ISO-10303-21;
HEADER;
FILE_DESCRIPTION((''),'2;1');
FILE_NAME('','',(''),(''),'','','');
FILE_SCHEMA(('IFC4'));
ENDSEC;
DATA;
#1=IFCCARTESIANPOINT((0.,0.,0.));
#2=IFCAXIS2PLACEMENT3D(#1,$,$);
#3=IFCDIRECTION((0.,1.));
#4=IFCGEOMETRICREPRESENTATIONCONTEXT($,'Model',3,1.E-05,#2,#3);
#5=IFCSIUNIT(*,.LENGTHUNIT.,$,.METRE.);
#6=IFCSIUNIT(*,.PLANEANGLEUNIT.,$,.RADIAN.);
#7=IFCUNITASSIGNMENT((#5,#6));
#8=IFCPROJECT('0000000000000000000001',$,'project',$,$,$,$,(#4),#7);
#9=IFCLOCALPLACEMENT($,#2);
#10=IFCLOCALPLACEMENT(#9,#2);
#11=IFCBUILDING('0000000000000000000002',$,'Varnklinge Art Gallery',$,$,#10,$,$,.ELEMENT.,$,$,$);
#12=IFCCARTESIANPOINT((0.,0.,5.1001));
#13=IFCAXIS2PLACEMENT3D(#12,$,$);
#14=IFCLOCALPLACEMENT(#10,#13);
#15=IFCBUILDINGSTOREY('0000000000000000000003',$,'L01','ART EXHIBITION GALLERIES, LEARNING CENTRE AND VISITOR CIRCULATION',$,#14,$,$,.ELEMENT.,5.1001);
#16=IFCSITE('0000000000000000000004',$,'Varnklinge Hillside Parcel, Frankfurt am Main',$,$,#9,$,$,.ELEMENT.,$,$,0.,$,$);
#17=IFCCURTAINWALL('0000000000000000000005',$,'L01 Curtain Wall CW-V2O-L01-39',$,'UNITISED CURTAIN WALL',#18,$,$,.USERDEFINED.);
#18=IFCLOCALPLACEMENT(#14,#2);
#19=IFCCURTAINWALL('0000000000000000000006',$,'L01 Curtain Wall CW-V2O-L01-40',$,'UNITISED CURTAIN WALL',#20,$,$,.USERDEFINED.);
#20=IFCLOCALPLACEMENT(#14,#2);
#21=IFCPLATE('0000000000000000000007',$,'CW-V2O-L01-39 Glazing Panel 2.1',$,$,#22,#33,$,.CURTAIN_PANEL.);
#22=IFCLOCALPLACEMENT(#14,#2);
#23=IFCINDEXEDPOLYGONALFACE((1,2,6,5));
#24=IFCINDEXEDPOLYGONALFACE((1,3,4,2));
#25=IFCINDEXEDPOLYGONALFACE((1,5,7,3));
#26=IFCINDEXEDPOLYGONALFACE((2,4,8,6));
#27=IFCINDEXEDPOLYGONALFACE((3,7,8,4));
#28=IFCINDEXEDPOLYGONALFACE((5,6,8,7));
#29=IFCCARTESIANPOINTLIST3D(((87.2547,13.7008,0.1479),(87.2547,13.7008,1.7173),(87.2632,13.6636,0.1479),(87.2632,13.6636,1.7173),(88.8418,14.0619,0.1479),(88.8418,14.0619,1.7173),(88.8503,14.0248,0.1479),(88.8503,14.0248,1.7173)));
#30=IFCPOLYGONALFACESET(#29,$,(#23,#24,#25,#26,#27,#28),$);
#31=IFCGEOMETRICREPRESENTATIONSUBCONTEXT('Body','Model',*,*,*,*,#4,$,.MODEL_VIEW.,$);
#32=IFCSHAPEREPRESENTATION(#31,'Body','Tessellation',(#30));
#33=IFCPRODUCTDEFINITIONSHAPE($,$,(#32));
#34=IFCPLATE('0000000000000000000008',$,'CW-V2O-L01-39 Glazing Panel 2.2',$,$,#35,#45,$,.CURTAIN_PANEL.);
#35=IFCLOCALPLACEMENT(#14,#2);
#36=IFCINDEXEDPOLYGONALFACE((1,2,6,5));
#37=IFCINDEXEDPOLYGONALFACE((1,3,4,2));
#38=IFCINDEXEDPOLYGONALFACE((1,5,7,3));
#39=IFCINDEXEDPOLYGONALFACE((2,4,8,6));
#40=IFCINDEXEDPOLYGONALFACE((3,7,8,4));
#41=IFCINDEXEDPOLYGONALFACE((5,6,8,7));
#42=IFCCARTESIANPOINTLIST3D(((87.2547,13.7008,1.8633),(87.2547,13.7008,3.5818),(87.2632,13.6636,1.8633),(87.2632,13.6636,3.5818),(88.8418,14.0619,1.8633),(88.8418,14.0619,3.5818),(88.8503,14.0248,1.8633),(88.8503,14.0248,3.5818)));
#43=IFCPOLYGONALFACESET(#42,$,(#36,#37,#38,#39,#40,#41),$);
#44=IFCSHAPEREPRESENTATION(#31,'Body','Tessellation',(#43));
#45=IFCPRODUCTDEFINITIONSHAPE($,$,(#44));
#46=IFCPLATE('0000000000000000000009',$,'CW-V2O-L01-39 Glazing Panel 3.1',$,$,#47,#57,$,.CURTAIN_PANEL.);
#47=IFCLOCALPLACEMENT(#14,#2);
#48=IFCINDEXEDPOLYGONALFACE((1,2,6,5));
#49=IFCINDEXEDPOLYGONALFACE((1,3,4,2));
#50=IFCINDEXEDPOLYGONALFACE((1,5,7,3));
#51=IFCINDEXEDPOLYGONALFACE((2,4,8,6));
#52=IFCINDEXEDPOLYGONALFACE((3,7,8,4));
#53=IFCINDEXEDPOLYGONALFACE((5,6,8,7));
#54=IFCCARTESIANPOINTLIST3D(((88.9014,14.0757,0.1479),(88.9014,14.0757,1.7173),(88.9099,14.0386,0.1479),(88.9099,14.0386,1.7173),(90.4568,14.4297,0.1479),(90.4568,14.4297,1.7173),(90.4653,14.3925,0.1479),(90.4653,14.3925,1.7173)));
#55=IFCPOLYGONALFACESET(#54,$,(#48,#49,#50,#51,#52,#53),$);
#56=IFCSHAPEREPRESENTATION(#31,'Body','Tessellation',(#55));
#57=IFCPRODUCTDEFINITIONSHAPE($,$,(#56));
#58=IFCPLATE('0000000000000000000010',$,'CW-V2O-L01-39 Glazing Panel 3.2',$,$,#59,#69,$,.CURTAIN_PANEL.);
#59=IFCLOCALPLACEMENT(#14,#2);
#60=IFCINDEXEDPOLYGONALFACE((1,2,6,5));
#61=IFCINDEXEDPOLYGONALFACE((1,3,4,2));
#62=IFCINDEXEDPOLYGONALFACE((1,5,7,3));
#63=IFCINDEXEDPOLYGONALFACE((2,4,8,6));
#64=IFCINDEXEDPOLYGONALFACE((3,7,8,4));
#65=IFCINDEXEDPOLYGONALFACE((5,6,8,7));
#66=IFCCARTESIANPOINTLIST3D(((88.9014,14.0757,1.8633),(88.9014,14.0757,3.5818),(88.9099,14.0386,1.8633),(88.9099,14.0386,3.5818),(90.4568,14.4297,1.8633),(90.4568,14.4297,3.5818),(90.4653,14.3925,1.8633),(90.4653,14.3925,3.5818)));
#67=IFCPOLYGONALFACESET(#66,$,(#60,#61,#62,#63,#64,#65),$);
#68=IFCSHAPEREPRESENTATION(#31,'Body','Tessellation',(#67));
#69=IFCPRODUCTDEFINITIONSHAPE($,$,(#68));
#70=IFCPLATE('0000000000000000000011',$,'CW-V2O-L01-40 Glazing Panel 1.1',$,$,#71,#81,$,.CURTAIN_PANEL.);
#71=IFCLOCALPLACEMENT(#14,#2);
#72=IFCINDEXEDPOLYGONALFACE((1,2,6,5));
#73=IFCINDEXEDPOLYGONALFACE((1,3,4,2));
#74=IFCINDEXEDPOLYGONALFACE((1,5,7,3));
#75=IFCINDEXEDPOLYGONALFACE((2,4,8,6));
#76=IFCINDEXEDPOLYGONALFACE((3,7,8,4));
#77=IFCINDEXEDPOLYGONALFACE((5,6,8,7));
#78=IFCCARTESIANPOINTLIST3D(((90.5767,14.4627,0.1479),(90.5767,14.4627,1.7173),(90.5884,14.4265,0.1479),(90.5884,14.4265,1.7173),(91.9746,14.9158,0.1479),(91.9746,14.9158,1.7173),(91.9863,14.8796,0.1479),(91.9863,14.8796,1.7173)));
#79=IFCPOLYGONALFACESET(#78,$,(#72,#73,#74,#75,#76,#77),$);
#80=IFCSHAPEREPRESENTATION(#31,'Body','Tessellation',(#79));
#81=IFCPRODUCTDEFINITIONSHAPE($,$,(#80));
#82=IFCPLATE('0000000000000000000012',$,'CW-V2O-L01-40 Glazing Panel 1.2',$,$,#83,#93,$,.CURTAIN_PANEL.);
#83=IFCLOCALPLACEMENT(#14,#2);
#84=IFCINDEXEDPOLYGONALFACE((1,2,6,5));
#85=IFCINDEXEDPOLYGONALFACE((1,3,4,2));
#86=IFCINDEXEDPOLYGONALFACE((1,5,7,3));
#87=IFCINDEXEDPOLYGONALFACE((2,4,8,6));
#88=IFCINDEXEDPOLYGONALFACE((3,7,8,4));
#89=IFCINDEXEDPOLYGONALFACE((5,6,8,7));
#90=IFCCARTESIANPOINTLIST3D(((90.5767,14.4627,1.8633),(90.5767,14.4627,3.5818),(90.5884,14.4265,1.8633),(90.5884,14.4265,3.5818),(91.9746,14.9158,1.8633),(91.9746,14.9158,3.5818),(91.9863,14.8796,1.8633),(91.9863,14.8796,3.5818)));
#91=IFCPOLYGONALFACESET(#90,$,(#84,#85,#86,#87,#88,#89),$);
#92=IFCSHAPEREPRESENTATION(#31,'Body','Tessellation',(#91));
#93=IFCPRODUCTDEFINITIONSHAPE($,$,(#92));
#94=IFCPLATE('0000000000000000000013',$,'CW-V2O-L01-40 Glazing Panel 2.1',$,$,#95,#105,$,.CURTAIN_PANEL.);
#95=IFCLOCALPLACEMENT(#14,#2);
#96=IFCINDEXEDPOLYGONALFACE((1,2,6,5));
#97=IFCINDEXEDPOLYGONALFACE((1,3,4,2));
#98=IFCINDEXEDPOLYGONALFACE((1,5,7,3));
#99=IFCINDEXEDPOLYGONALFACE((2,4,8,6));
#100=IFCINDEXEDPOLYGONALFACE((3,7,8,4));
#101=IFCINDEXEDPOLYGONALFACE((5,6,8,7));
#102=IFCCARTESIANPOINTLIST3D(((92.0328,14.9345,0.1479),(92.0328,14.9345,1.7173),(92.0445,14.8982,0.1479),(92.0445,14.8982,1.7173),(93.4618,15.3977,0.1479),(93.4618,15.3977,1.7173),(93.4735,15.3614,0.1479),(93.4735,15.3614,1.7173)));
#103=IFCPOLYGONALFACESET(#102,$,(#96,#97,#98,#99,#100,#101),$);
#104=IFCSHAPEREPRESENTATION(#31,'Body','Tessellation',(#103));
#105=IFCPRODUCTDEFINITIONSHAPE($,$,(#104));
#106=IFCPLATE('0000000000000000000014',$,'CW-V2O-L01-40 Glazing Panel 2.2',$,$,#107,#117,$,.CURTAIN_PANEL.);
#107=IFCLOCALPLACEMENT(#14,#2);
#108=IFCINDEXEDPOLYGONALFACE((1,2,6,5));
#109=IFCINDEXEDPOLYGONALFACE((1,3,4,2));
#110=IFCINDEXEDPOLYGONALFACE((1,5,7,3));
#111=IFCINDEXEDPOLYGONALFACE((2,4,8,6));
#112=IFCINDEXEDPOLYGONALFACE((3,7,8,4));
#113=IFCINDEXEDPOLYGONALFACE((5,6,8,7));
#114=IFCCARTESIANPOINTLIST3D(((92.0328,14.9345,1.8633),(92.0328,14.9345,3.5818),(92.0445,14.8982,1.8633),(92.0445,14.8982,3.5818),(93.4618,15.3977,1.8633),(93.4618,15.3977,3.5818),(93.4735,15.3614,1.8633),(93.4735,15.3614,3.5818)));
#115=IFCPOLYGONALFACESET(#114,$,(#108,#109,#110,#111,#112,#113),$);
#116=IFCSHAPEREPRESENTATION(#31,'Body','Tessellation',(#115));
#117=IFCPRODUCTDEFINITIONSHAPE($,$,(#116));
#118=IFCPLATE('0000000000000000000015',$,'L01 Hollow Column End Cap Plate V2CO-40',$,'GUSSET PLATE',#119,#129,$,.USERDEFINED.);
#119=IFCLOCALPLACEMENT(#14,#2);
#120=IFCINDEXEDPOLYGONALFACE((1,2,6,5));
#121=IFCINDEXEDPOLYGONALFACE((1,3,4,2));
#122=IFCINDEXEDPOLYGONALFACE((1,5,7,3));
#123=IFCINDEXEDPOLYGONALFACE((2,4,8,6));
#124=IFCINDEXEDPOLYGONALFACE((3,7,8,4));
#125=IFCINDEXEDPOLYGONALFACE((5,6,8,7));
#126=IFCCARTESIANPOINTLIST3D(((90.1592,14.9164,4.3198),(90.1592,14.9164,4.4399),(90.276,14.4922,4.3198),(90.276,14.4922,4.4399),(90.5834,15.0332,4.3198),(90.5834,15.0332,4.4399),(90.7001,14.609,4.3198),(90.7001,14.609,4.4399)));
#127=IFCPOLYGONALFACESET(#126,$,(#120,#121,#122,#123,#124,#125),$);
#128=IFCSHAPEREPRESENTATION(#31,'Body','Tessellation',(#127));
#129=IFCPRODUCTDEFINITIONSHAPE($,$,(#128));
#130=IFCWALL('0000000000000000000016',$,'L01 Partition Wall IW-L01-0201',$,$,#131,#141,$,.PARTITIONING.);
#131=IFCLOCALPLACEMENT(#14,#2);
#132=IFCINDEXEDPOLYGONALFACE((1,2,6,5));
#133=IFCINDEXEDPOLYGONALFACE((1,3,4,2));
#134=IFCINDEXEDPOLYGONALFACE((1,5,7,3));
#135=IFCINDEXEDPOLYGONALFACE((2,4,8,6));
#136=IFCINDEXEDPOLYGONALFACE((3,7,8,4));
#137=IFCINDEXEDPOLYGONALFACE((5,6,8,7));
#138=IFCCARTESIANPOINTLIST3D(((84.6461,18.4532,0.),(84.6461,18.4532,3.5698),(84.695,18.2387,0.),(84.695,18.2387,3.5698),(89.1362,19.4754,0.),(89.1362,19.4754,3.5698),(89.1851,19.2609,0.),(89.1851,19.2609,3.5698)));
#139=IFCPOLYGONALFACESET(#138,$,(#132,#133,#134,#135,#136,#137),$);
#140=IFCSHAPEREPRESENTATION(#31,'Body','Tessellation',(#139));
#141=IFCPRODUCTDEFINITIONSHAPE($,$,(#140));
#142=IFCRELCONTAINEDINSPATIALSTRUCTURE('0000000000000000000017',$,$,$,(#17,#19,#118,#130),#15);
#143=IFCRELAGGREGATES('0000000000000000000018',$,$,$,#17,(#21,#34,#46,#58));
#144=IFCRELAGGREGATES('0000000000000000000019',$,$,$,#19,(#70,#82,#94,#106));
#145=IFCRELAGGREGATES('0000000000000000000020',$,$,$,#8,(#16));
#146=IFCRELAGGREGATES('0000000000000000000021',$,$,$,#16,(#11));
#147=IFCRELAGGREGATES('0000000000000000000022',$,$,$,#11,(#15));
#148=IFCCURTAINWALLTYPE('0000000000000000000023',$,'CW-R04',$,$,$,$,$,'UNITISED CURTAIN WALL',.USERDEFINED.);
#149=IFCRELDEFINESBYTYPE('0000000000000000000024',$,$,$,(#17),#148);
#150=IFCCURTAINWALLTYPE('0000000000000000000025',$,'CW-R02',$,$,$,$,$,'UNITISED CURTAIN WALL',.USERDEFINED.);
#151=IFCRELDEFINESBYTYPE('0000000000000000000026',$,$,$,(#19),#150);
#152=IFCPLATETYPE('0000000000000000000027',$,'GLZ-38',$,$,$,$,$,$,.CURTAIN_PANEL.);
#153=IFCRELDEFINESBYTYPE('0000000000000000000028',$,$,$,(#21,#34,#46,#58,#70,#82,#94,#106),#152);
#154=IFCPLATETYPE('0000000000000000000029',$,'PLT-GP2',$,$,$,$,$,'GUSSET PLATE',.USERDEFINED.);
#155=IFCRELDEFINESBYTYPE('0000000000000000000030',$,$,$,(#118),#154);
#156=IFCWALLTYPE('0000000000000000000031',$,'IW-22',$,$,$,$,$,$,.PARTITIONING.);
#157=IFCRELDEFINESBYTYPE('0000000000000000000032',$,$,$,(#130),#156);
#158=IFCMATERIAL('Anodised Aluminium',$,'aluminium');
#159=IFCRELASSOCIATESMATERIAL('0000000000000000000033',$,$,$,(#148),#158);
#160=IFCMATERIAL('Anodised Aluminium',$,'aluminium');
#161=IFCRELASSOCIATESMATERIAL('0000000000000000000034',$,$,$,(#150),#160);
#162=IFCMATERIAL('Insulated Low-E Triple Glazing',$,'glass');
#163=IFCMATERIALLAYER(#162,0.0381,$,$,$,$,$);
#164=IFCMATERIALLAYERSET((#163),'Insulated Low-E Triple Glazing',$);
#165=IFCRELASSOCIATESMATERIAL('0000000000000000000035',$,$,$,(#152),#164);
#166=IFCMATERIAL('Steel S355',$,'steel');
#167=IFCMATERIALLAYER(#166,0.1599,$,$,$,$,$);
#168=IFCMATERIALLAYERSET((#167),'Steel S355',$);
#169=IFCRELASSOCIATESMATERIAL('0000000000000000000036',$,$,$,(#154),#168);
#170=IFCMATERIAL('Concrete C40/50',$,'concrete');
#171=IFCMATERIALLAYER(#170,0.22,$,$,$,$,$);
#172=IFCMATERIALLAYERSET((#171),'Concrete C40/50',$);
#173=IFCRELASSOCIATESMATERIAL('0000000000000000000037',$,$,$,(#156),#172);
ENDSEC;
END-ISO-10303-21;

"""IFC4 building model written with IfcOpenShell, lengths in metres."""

from ifc_helpers import new_model, si_unit, direction, frame, frame_2d, origin, origin_2d, place, context, subcontext, project, spatial, rectangle, extrude, material, layer, layer_set, type_object, element, aggregate, save


model = new_model("IFC4")

# Units and contexts
model_context = context("Model", 3, precision=1e-05, world=origin(), true_north=direction((0.0, 1.0)))
body_context = subcontext(model_context, "Body", "Model", "MODEL_VIEW")
ifc_project = project(units=[si_unit("LENGTHUNIT", "METRE"), si_unit("PLANEANGLEUNIT", "RADIAN")], contexts=[model_context])

# Site, building, storey
site_placement = place(None, origin())
site = spatial("IfcSite", under=ifc_project, at=site_placement, Name="Varnklinge Hillside Parcel, Frankfurt am Main", CompositionType="ELEMENT", RefElevation=0.0)
building_placement = place(site_placement, origin())
building = spatial("IfcBuilding", under=site, at=building_placement, Name="Varnklinge Art Gallery", CompositionType="ELEMENT")
storey_placement = place(building_placement, frame((0.0, 0.0, 5.1001)))
storey = spatial("IfcBuildingStorey", under=building, at=storey_placement, Name="L01", Description="ART EXHIBITION GALLERIES, LEARNING CENTRE AND VISITOR CIRCULATION", CompositionType="ELEMENT", Elevation=5.1001)

# Curtain walls
ifc_material_1 = material(Name="Anodised Aluminium", Category="aluminium")
curtain_wall_type_1 = type_object("IfcCurtainWallType", Name="CW-R04", ElementType="UNITISED CURTAIN WALL", PredefinedType="USERDEFINED", material=ifc_material_1)
curtain_wall_1_placement = place(storey_placement, origin())
curtain_wall_1 = element("IfcCurtainWall", 1, at=curtain_wall_1_placement, inside=storey, type_object=curtain_wall_type_1, Name="L01 Curtain Wall CW-V2O-L01-39", ObjectType="UNITISED CURTAIN WALL", PredefinedType="USERDEFINED")
ifc_material_2 = material(Name="Anodised Aluminium", Category="aluminium")
curtain_wall_type_2 = type_object("IfcCurtainWallType", Name="CW-R02", ElementType="UNITISED CURTAIN WALL", PredefinedType="USERDEFINED", material=ifc_material_2)
curtain_wall_2_placement = place(storey_placement, origin())
curtain_wall_2 = element("IfcCurtainWall", 2, at=curtain_wall_2_placement, inside=storey, type_object=curtain_wall_type_2, Name="L01 Curtain Wall CW-V2O-L01-40", ObjectType="UNITISED CURTAIN WALL", PredefinedType="USERDEFINED")

# Plates
ifc_material_3 = material(Name="Insulated Low-E Triple Glazing", Category="glass")
ifc_layer_1 = layer(ifc_material_3, 0.0381)
ifc_layer_set_1 = layer_set([ifc_layer_1], Name="Insulated Low-E Triple Glazing")
plate_type_1 = type_object("IfcPlateType", Name="GLZ-38", PredefinedType="CURTAIN_PANEL", material=ifc_layer_set_1)
plate_1_placement = place(storey_placement, frame((88.0525, 13.8628, 0.1479), z_axis=(0.0, 0.0, 1.0), x_axis=(0.975072, 0.221889, 0.0)))
plate_1 = element("IfcPlate", 3, at=plate_1_placement, type_object=plate_type_1, Name="CW-V2O-L01-39 Glazing Panel 2.1", PredefinedType="CURTAIN_PANEL", context=body_context, shape_type="SweptSolid", body=[
    extrude(rectangle(XDim=1.6277, YDim=0.0381, at=origin_2d()), origin(), (0.0, 0.0, 1.0), 1.5693),
])
plate_2_placement = place(storey_placement, frame((88.0525, 13.8628, 1.8633), z_axis=(0.0, 0.0, 1.0), x_axis=(0.975072, 0.221889, 0.0)))
plate_2 = element("IfcPlate", 4, at=plate_2_placement, type_object=plate_type_1, Name="CW-V2O-L01-39 Glazing Panel 2.2", PredefinedType="CURTAIN_PANEL", context=body_context, shape_type="SweptSolid", body=[
    extrude(rectangle(XDim=1.6277, YDim=0.0381, at=origin_2d()), origin(), (0.0, 0.0, 1.0), 1.7185),
])
plate_3_placement = place(storey_placement, frame((89.6833, 14.2341, 0.1479), z_axis=(0.0, 0.0, 1.0), x_axis=(0.975072, 0.221889, 0.0)))
plate_3 = element("IfcPlate", 5, at=plate_3_placement, type_object=plate_type_1, Name="CW-V2O-L01-39 Glazing Panel 3.1", PredefinedType="CURTAIN_PANEL", context=body_context, shape_type="SweptSolid", body=[
    extrude(rectangle(XDim=1.5952, YDim=0.0381, at=origin_2d()), origin(), (0.0, 0.0, 1.0), 1.5693),
])
plate_4_placement = place(storey_placement, frame((89.6833, 14.2341, 1.8633), z_axis=(0.0, 0.0, 1.0), x_axis=(0.975072, 0.221889, 0.0)))
plate_4 = element("IfcPlate", 6, at=plate_4_placement, type_object=plate_type_1, Name="CW-V2O-L01-39 Glazing Panel 3.2", PredefinedType="CURTAIN_PANEL", context=body_context, shape_type="SweptSolid", body=[
    extrude(rectangle(XDim=1.5952, YDim=0.0381, at=origin_2d()), origin(), (0.0, 0.0, 1.0), 1.7185),
])
aggregate(curtain_wall_1, [plate_1, plate_2, plate_3, plate_4])
plate_5_placement = place(storey_placement, frame((91.2815, 14.6711, 0.1479), z_axis=(0.0, 0.0, 1.0), x_axis=(0.951272, 0.308353, 0.0)))
plate_5 = element("IfcPlate", 7, at=plate_5_placement, type_object=plate_type_1, Name="CW-V2O-L01-40 Glazing Panel 1.1", PredefinedType="CURTAIN_PANEL", context=body_context, shape_type="SweptSolid", body=[
    extrude(rectangle(XDim=1.4695, YDim=0.0381, at=origin_2d()), origin(), (0.0, 0.0, 1.0), 1.5693),
])
plate_6_placement = place(storey_placement, frame((91.2815, 14.6711, 1.8633), z_axis=(0.0, 0.0, 1.0), x_axis=(0.951272, 0.308353, 0.0)))
plate_6 = element("IfcPlate", 8, at=plate_6_placement, type_object=plate_type_1, Name="CW-V2O-L01-40 Glazing Panel 1.2", PredefinedType="CURTAIN_PANEL", context=body_context, shape_type="SweptSolid", body=[
    extrude(rectangle(XDim=1.4695, YDim=0.0381, at=origin_2d()), origin(), (0.0, 0.0, 1.0), 1.7185),
])
plate_7_placement = place(storey_placement, frame((92.7532, 15.1479, 0.1479), z_axis=(0.0, 0.0, 1.0), x_axis=(0.951272, 0.308353, 0.0)))
plate_7 = element("IfcPlate", 9, at=plate_7_placement, type_object=plate_type_1, Name="CW-V2O-L01-40 Glazing Panel 2.1", PredefinedType="CURTAIN_PANEL", context=body_context, shape_type="SweptSolid", body=[
    extrude(rectangle(XDim=1.5022, YDim=0.0381, at=origin_2d()), origin(), (0.0, 0.0, 1.0), 1.5693),
])
plate_8_placement = place(storey_placement, frame((92.7532, 15.1479, 1.8633), z_axis=(0.0, 0.0, 1.0), x_axis=(0.951272, 0.308353, 0.0)))
plate_8 = element("IfcPlate", 10, at=plate_8_placement, type_object=plate_type_1, Name="CW-V2O-L01-40 Glazing Panel 2.2", PredefinedType="CURTAIN_PANEL", context=body_context, shape_type="SweptSolid", body=[
    extrude(rectangle(XDim=1.5022, YDim=0.0381, at=origin_2d()), origin(), (0.0, 0.0, 1.0), 1.7185),
])
aggregate(curtain_wall_2, [plate_5, plate_6, plate_7, plate_8])
ifc_material_4 = material(Name="Steel S355", Category="steel")
ifc_layer_2 = layer(ifc_material_4, 0.1599)
ifc_layer_set_2 = layer_set([ifc_layer_2], Name="Steel S355")
plate_type_2 = type_object("IfcPlateType", Name="PLT-GP2", ElementType="GUSSET PLATE", PredefinedType="USERDEFINED", material=ifc_layer_set_2)
plate_9_placement = place(storey_placement, frame((90.4297, 14.7627, 4.3198), z_axis=(0.0, 0.0, 1.0), x_axis=(-0.265388, 0.964142, 0.0)))
element("IfcPlate", 11, at=plate_9_placement, inside=storey, type_object=plate_type_2, Name="L01 Hollow Column End Cap Plate V2CO-40", ObjectType="GUSSET PLATE", PredefinedType="USERDEFINED", context=body_context, shape_type="SweptSolid", body=[
    extrude(rectangle(XDim=0.4399, YDim=0.4399, at=origin_2d()), origin(), (0.0, 0.0, 1.0), 0.1201),
])

# Wall
ifc_material_5 = material(Name="Concrete C40/50", Category="concrete")
ifc_layer_3 = layer(ifc_material_5, 0.22)
ifc_layer_set_3 = layer_set([ifc_layer_3], Name="Concrete C40/50")
wall_type = type_object("IfcWallType", Name="IW-22", PredefinedType="PARTITIONING", material=ifc_layer_set_3)
wall_placement = place(storey_placement, frame((89.1606, 19.3682, 0.0), z_axis=(0.0, 0.0, 1.0), x_axis=(-0.97505, -0.221985, 0.0)))
element("IfcWall", 12, at=wall_placement, inside=storey, type_object=wall_type, Name="L01 Partition Wall IW-L01-0201", PredefinedType="PARTITIONING", context=body_context, shape_type="SweptSolid", body=[
    extrude(rectangle(XDim=4.605, YDim=0.22, at=frame_2d((2.3025, 0.0))), origin(), (0.0, 0.0, 1.0), 3.5698),
])

save(model, "model.ifc")
